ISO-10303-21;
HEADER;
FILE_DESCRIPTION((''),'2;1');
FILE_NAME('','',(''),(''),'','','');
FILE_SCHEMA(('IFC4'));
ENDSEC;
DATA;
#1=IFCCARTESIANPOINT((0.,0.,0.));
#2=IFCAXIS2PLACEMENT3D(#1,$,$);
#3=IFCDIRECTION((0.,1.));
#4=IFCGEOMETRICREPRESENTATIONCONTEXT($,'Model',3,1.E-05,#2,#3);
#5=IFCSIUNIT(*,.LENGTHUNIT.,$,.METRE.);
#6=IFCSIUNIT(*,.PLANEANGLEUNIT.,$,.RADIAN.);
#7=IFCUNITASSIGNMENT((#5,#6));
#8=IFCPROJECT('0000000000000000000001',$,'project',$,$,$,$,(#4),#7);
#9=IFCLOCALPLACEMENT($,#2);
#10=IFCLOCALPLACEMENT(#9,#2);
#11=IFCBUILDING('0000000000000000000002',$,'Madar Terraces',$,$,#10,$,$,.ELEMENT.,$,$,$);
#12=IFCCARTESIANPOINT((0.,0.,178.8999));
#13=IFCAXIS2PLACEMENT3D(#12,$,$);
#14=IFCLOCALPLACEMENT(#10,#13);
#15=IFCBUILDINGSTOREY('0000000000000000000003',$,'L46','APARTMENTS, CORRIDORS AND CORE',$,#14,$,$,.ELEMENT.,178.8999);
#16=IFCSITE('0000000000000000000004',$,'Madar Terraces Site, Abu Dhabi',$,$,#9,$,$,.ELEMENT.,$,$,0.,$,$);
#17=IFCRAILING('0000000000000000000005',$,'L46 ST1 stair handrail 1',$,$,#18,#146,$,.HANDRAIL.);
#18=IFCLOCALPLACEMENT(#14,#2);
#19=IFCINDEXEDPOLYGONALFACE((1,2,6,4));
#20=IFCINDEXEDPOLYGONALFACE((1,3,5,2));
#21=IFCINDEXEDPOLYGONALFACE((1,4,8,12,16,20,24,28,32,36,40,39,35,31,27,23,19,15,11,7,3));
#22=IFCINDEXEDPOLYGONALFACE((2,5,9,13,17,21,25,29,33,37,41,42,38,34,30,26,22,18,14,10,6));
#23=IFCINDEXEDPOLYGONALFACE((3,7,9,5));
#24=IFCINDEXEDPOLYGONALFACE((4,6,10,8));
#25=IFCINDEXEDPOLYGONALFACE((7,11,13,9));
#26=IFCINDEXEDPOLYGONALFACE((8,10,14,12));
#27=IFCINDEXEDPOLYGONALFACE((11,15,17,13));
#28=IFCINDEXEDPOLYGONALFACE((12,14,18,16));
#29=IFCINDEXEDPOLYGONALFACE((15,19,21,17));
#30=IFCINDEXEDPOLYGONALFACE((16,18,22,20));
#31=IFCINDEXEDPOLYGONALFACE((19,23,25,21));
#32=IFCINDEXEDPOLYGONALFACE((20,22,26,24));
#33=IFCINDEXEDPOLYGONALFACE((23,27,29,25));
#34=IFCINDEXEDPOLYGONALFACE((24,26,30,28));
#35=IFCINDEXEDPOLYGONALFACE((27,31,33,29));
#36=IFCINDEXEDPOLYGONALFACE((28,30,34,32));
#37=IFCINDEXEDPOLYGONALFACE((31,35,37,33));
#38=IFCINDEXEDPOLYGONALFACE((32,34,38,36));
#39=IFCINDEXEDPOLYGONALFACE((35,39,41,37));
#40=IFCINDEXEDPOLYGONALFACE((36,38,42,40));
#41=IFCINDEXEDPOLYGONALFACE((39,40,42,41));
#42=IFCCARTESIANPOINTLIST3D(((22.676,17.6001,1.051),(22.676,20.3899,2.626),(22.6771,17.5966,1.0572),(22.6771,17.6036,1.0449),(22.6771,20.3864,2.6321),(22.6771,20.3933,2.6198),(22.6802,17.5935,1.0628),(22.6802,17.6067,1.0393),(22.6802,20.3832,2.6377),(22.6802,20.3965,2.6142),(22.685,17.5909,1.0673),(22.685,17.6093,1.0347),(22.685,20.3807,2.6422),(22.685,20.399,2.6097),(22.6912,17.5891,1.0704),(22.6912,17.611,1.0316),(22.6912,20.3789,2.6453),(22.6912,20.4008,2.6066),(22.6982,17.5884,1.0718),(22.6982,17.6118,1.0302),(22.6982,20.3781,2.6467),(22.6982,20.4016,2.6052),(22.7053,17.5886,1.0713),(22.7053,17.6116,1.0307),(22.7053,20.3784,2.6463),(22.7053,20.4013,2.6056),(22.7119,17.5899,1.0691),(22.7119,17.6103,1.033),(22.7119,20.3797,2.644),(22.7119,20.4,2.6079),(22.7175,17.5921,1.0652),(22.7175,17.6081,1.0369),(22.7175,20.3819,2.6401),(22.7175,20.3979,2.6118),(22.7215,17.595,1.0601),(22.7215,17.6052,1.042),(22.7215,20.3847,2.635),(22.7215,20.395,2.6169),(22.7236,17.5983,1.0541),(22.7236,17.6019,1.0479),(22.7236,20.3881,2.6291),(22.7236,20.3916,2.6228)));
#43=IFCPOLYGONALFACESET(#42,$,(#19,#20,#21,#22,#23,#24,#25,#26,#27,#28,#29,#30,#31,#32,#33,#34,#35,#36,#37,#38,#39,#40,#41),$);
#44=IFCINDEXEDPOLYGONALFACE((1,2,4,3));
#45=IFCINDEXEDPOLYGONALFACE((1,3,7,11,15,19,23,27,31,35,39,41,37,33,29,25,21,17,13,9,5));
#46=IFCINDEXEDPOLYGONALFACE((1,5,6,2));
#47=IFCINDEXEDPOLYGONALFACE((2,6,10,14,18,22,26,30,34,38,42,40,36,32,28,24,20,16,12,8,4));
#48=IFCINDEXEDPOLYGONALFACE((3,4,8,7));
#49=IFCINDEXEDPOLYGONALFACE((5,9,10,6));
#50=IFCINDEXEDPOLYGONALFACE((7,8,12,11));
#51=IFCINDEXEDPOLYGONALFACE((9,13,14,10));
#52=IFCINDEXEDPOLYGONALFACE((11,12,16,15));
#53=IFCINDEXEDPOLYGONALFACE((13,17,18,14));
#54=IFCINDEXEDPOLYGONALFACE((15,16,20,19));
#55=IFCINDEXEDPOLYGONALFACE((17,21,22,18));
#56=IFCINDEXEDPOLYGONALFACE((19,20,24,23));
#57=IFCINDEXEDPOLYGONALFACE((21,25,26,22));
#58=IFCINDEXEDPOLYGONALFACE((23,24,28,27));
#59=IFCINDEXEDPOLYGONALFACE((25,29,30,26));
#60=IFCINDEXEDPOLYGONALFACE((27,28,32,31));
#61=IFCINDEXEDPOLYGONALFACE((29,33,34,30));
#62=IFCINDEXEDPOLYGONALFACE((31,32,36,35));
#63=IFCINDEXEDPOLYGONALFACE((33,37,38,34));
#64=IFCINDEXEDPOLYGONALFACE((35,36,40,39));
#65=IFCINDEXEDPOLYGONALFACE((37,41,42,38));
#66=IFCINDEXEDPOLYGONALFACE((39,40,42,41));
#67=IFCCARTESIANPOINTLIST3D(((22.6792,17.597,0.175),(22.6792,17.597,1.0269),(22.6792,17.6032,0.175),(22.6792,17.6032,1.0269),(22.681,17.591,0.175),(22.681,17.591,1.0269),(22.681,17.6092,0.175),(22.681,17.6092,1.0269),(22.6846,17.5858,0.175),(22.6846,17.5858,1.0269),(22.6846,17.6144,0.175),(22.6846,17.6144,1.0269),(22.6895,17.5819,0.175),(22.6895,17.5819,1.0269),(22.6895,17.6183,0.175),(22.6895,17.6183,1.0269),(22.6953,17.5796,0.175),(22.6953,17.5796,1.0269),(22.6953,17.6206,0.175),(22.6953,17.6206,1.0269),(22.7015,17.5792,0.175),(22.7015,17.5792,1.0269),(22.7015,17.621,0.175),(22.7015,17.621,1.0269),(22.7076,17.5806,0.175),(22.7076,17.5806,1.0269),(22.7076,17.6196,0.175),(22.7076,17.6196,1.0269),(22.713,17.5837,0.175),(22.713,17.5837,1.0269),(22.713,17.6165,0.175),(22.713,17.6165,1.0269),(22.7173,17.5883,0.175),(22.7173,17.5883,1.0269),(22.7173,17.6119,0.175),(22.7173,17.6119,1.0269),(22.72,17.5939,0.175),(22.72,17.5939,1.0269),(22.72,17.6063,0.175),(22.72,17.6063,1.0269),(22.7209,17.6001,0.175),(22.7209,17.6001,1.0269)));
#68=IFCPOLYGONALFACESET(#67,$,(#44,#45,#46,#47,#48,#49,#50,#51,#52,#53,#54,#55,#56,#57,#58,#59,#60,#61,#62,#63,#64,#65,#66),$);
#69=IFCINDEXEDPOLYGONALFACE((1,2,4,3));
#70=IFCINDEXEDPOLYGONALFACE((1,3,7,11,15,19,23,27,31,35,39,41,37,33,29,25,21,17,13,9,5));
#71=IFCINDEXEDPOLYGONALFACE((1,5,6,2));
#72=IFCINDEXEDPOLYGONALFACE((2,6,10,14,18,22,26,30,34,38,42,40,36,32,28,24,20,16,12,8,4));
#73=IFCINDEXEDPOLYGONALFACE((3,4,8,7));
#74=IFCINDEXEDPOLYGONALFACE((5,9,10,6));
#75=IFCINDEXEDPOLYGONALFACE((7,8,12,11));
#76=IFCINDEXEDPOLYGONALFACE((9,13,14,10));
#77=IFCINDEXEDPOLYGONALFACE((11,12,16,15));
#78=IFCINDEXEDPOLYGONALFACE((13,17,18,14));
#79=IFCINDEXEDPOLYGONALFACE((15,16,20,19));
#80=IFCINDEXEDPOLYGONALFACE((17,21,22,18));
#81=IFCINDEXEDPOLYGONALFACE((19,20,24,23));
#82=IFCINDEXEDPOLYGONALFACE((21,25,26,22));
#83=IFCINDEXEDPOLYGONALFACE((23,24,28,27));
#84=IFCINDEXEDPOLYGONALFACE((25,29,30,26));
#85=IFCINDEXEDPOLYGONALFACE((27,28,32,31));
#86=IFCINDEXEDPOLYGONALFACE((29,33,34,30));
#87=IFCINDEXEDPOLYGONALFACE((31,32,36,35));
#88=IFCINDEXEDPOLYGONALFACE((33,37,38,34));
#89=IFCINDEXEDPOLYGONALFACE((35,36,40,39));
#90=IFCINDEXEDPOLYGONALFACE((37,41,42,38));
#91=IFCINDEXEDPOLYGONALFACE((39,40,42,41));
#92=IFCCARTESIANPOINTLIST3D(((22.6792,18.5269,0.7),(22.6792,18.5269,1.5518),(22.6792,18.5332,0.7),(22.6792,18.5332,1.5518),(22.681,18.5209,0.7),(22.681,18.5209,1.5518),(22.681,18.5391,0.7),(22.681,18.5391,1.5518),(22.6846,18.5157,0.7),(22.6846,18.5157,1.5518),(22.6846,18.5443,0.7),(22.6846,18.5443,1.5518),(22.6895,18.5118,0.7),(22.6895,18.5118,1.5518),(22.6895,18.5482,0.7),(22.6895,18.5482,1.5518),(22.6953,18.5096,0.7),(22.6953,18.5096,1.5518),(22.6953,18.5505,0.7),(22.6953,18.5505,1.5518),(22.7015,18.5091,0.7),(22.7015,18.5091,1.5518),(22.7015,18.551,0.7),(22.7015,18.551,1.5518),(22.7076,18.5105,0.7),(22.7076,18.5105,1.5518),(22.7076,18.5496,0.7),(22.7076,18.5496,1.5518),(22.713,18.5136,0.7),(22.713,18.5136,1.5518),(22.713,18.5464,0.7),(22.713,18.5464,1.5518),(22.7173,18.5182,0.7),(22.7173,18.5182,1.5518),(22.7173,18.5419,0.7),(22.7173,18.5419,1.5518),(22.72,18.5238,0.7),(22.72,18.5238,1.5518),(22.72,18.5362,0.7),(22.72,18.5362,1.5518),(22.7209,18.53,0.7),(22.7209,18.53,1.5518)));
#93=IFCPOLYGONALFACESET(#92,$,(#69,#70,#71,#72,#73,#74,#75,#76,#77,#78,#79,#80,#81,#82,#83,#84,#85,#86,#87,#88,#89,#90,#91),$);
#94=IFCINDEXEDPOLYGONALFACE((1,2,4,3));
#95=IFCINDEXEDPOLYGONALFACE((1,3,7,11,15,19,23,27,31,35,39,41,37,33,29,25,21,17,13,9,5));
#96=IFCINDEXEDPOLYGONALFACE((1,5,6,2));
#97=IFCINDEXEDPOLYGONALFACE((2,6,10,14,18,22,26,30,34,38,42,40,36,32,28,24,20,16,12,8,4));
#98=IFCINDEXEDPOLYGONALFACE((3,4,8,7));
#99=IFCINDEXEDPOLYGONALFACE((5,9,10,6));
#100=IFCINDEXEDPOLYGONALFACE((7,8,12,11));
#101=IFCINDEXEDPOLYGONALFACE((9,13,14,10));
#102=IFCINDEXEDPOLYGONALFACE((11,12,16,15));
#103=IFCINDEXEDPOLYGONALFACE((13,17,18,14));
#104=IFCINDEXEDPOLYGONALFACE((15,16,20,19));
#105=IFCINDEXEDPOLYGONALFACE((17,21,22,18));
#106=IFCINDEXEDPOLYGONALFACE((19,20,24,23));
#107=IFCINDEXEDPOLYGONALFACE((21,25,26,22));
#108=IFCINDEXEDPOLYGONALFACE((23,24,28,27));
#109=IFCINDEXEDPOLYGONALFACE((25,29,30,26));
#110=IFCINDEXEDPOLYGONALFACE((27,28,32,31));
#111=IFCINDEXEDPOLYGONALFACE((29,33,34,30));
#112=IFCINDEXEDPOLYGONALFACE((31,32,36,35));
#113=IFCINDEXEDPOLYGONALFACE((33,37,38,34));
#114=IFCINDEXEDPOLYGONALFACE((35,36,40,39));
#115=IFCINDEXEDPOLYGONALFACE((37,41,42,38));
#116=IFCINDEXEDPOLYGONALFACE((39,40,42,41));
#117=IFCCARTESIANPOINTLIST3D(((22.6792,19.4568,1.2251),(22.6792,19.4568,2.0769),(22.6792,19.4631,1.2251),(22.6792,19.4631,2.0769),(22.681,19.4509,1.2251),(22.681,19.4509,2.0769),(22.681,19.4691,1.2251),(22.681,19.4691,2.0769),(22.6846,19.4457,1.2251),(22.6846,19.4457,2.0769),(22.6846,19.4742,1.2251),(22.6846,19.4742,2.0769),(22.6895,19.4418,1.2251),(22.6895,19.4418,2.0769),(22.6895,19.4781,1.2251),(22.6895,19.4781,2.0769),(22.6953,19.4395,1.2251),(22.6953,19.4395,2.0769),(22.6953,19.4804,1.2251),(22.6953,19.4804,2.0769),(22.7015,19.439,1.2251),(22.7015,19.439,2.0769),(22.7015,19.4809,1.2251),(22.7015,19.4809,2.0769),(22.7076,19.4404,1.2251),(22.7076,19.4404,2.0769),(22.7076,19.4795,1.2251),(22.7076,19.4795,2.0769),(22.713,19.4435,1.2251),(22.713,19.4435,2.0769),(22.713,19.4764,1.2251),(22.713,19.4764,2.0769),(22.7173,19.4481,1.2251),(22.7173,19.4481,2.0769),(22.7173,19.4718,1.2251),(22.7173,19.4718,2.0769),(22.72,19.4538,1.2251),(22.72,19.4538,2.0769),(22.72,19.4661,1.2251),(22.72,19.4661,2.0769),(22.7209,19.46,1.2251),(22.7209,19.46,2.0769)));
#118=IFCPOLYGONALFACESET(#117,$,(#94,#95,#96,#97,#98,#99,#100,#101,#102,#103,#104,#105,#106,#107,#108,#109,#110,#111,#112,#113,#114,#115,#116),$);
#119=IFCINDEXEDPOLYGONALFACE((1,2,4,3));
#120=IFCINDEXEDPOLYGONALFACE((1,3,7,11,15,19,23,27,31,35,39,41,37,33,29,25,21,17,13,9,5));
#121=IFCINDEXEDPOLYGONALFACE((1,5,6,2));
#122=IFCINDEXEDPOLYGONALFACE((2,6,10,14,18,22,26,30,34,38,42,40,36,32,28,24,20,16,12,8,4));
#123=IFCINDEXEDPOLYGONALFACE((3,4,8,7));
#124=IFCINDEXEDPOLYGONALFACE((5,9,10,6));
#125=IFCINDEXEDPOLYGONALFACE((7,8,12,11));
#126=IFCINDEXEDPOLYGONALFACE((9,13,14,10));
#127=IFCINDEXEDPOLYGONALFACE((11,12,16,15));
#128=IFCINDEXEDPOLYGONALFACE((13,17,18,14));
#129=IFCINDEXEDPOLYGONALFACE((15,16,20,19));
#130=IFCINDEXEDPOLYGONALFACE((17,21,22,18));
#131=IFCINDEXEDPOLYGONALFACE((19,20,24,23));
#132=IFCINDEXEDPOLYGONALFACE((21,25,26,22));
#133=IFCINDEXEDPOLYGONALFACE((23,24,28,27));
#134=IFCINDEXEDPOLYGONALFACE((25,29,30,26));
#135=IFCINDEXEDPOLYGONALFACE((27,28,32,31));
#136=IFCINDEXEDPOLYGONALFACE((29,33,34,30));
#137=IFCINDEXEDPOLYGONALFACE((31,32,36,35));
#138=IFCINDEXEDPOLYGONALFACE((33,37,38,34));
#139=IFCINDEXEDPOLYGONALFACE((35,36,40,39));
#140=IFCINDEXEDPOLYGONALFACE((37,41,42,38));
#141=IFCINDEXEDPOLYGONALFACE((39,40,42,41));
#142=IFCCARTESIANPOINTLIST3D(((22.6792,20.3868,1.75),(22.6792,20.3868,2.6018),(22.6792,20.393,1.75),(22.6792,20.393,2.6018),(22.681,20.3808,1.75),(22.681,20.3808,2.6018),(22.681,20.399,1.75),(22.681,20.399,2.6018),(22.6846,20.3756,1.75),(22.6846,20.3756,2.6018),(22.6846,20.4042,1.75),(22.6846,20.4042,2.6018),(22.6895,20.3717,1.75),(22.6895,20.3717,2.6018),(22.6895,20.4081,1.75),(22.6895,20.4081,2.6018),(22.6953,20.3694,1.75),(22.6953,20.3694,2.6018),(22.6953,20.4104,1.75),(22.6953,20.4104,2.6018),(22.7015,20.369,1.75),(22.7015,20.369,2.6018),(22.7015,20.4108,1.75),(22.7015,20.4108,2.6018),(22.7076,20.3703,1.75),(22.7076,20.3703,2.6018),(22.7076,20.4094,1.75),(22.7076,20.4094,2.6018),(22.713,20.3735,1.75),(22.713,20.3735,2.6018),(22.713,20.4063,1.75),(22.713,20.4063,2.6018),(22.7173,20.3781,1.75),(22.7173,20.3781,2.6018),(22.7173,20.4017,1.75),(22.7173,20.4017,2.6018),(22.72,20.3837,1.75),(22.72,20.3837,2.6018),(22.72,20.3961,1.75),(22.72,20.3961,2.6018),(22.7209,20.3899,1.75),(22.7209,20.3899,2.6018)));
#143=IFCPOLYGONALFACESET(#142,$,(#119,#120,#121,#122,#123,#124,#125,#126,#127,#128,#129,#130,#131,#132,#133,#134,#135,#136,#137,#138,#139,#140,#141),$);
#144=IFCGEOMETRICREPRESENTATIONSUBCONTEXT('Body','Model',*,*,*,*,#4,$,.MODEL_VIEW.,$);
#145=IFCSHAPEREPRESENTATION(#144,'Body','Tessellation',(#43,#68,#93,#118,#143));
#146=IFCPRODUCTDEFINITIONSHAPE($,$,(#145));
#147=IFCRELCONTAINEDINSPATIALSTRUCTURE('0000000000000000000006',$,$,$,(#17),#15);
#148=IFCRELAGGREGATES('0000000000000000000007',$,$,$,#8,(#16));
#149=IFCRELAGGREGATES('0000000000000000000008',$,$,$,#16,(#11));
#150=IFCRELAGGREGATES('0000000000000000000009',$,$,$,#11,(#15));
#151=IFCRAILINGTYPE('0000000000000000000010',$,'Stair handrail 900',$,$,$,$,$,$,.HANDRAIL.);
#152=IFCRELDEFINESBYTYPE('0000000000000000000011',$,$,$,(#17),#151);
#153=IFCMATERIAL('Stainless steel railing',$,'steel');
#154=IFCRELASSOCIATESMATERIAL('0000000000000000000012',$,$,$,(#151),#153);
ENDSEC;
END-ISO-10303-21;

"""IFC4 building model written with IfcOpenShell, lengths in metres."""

from ifc_helpers import new_model, si_unit, direction, frame, origin, origin_2d, place, context, subcontext, project, spatial, circle, extrude, material, type_object, element, save


model = new_model("IFC4")

# Units and contexts
model_context = context("Model", 3, precision=1e-05, world=origin(), true_north=direction((0.0, 1.0)))
body_context = subcontext(model_context, "Body", "Model", "MODEL_VIEW")
ifc_project = project(units=[si_unit("LENGTHUNIT", "METRE"), si_unit("PLANEANGLEUNIT", "RADIAN")], contexts=[model_context])

# Site, building, storey
site_placement = place(None, origin())
site = spatial("IfcSite", under=ifc_project, at=site_placement, Name="Madar Terraces Site, Abu Dhabi", CompositionType="ELEMENT", RefElevation=0.0)
building_placement = place(site_placement, origin())
building = spatial("IfcBuilding", under=site, at=building_placement, Name="Madar Terraces", CompositionType="ELEMENT")
storey_placement = place(building_placement, frame((0.0, 0.0, 178.8999)))
storey = spatial("IfcBuildingStorey", under=building, at=storey_placement, Name="L46", Description="APARTMENTS, CORRIDORS AND CORE", CompositionType="ELEMENT", Elevation=178.8999)

# Railing
ifc_material_1 = material(Name="Stainless steel railing", Category="steel")
railing_type_1 = type_object("IfcRailingType", Name="Stair handrail 900", PredefinedType="HANDRAIL", material=ifc_material_1)
railing_1_placement = place(storey_placement, frame((22.7, 17.6001, 0.175)))
element("IfcRailing", 1, at=railing_1_placement, inside=storey, type_object=railing_type_1, Name="L46 ST1 stair handrail 1", PredefinedType="HANDRAIL", context=body_context, shape_type="SweptSolid", body=[
    extrude(circle(Radius=0.0239, at=origin_2d()), frame((0.0, 0.0, 0.876), z_axis=(0.0, 0.870815, 0.49161), x_axis=(-1.0, 0.0, 0.0)), (0.0, 0.0, 1.0), 3.2036),
    extrude(circle(Radius=0.021, at=origin_2d()), origin(), (0.0, 0.0, 1.0), 0.8518),
    extrude(circle(Radius=0.021, at=origin_2d()), frame((0.0, 0.9299, 0.5249)), (0.0, 0.0, 1.0), 0.8518),
    extrude(circle(Radius=0.021, at=origin_2d()), frame((0.0, 1.8599, 1.05)), (0.0, 0.0, 1.0), 0.8518),
    extrude(circle(Radius=0.021, at=origin_2d()), frame((0.0, 2.7898, 1.575)), (0.0, 0.0, 1.0), 0.8518),
])

save(model, "model.ifc")
